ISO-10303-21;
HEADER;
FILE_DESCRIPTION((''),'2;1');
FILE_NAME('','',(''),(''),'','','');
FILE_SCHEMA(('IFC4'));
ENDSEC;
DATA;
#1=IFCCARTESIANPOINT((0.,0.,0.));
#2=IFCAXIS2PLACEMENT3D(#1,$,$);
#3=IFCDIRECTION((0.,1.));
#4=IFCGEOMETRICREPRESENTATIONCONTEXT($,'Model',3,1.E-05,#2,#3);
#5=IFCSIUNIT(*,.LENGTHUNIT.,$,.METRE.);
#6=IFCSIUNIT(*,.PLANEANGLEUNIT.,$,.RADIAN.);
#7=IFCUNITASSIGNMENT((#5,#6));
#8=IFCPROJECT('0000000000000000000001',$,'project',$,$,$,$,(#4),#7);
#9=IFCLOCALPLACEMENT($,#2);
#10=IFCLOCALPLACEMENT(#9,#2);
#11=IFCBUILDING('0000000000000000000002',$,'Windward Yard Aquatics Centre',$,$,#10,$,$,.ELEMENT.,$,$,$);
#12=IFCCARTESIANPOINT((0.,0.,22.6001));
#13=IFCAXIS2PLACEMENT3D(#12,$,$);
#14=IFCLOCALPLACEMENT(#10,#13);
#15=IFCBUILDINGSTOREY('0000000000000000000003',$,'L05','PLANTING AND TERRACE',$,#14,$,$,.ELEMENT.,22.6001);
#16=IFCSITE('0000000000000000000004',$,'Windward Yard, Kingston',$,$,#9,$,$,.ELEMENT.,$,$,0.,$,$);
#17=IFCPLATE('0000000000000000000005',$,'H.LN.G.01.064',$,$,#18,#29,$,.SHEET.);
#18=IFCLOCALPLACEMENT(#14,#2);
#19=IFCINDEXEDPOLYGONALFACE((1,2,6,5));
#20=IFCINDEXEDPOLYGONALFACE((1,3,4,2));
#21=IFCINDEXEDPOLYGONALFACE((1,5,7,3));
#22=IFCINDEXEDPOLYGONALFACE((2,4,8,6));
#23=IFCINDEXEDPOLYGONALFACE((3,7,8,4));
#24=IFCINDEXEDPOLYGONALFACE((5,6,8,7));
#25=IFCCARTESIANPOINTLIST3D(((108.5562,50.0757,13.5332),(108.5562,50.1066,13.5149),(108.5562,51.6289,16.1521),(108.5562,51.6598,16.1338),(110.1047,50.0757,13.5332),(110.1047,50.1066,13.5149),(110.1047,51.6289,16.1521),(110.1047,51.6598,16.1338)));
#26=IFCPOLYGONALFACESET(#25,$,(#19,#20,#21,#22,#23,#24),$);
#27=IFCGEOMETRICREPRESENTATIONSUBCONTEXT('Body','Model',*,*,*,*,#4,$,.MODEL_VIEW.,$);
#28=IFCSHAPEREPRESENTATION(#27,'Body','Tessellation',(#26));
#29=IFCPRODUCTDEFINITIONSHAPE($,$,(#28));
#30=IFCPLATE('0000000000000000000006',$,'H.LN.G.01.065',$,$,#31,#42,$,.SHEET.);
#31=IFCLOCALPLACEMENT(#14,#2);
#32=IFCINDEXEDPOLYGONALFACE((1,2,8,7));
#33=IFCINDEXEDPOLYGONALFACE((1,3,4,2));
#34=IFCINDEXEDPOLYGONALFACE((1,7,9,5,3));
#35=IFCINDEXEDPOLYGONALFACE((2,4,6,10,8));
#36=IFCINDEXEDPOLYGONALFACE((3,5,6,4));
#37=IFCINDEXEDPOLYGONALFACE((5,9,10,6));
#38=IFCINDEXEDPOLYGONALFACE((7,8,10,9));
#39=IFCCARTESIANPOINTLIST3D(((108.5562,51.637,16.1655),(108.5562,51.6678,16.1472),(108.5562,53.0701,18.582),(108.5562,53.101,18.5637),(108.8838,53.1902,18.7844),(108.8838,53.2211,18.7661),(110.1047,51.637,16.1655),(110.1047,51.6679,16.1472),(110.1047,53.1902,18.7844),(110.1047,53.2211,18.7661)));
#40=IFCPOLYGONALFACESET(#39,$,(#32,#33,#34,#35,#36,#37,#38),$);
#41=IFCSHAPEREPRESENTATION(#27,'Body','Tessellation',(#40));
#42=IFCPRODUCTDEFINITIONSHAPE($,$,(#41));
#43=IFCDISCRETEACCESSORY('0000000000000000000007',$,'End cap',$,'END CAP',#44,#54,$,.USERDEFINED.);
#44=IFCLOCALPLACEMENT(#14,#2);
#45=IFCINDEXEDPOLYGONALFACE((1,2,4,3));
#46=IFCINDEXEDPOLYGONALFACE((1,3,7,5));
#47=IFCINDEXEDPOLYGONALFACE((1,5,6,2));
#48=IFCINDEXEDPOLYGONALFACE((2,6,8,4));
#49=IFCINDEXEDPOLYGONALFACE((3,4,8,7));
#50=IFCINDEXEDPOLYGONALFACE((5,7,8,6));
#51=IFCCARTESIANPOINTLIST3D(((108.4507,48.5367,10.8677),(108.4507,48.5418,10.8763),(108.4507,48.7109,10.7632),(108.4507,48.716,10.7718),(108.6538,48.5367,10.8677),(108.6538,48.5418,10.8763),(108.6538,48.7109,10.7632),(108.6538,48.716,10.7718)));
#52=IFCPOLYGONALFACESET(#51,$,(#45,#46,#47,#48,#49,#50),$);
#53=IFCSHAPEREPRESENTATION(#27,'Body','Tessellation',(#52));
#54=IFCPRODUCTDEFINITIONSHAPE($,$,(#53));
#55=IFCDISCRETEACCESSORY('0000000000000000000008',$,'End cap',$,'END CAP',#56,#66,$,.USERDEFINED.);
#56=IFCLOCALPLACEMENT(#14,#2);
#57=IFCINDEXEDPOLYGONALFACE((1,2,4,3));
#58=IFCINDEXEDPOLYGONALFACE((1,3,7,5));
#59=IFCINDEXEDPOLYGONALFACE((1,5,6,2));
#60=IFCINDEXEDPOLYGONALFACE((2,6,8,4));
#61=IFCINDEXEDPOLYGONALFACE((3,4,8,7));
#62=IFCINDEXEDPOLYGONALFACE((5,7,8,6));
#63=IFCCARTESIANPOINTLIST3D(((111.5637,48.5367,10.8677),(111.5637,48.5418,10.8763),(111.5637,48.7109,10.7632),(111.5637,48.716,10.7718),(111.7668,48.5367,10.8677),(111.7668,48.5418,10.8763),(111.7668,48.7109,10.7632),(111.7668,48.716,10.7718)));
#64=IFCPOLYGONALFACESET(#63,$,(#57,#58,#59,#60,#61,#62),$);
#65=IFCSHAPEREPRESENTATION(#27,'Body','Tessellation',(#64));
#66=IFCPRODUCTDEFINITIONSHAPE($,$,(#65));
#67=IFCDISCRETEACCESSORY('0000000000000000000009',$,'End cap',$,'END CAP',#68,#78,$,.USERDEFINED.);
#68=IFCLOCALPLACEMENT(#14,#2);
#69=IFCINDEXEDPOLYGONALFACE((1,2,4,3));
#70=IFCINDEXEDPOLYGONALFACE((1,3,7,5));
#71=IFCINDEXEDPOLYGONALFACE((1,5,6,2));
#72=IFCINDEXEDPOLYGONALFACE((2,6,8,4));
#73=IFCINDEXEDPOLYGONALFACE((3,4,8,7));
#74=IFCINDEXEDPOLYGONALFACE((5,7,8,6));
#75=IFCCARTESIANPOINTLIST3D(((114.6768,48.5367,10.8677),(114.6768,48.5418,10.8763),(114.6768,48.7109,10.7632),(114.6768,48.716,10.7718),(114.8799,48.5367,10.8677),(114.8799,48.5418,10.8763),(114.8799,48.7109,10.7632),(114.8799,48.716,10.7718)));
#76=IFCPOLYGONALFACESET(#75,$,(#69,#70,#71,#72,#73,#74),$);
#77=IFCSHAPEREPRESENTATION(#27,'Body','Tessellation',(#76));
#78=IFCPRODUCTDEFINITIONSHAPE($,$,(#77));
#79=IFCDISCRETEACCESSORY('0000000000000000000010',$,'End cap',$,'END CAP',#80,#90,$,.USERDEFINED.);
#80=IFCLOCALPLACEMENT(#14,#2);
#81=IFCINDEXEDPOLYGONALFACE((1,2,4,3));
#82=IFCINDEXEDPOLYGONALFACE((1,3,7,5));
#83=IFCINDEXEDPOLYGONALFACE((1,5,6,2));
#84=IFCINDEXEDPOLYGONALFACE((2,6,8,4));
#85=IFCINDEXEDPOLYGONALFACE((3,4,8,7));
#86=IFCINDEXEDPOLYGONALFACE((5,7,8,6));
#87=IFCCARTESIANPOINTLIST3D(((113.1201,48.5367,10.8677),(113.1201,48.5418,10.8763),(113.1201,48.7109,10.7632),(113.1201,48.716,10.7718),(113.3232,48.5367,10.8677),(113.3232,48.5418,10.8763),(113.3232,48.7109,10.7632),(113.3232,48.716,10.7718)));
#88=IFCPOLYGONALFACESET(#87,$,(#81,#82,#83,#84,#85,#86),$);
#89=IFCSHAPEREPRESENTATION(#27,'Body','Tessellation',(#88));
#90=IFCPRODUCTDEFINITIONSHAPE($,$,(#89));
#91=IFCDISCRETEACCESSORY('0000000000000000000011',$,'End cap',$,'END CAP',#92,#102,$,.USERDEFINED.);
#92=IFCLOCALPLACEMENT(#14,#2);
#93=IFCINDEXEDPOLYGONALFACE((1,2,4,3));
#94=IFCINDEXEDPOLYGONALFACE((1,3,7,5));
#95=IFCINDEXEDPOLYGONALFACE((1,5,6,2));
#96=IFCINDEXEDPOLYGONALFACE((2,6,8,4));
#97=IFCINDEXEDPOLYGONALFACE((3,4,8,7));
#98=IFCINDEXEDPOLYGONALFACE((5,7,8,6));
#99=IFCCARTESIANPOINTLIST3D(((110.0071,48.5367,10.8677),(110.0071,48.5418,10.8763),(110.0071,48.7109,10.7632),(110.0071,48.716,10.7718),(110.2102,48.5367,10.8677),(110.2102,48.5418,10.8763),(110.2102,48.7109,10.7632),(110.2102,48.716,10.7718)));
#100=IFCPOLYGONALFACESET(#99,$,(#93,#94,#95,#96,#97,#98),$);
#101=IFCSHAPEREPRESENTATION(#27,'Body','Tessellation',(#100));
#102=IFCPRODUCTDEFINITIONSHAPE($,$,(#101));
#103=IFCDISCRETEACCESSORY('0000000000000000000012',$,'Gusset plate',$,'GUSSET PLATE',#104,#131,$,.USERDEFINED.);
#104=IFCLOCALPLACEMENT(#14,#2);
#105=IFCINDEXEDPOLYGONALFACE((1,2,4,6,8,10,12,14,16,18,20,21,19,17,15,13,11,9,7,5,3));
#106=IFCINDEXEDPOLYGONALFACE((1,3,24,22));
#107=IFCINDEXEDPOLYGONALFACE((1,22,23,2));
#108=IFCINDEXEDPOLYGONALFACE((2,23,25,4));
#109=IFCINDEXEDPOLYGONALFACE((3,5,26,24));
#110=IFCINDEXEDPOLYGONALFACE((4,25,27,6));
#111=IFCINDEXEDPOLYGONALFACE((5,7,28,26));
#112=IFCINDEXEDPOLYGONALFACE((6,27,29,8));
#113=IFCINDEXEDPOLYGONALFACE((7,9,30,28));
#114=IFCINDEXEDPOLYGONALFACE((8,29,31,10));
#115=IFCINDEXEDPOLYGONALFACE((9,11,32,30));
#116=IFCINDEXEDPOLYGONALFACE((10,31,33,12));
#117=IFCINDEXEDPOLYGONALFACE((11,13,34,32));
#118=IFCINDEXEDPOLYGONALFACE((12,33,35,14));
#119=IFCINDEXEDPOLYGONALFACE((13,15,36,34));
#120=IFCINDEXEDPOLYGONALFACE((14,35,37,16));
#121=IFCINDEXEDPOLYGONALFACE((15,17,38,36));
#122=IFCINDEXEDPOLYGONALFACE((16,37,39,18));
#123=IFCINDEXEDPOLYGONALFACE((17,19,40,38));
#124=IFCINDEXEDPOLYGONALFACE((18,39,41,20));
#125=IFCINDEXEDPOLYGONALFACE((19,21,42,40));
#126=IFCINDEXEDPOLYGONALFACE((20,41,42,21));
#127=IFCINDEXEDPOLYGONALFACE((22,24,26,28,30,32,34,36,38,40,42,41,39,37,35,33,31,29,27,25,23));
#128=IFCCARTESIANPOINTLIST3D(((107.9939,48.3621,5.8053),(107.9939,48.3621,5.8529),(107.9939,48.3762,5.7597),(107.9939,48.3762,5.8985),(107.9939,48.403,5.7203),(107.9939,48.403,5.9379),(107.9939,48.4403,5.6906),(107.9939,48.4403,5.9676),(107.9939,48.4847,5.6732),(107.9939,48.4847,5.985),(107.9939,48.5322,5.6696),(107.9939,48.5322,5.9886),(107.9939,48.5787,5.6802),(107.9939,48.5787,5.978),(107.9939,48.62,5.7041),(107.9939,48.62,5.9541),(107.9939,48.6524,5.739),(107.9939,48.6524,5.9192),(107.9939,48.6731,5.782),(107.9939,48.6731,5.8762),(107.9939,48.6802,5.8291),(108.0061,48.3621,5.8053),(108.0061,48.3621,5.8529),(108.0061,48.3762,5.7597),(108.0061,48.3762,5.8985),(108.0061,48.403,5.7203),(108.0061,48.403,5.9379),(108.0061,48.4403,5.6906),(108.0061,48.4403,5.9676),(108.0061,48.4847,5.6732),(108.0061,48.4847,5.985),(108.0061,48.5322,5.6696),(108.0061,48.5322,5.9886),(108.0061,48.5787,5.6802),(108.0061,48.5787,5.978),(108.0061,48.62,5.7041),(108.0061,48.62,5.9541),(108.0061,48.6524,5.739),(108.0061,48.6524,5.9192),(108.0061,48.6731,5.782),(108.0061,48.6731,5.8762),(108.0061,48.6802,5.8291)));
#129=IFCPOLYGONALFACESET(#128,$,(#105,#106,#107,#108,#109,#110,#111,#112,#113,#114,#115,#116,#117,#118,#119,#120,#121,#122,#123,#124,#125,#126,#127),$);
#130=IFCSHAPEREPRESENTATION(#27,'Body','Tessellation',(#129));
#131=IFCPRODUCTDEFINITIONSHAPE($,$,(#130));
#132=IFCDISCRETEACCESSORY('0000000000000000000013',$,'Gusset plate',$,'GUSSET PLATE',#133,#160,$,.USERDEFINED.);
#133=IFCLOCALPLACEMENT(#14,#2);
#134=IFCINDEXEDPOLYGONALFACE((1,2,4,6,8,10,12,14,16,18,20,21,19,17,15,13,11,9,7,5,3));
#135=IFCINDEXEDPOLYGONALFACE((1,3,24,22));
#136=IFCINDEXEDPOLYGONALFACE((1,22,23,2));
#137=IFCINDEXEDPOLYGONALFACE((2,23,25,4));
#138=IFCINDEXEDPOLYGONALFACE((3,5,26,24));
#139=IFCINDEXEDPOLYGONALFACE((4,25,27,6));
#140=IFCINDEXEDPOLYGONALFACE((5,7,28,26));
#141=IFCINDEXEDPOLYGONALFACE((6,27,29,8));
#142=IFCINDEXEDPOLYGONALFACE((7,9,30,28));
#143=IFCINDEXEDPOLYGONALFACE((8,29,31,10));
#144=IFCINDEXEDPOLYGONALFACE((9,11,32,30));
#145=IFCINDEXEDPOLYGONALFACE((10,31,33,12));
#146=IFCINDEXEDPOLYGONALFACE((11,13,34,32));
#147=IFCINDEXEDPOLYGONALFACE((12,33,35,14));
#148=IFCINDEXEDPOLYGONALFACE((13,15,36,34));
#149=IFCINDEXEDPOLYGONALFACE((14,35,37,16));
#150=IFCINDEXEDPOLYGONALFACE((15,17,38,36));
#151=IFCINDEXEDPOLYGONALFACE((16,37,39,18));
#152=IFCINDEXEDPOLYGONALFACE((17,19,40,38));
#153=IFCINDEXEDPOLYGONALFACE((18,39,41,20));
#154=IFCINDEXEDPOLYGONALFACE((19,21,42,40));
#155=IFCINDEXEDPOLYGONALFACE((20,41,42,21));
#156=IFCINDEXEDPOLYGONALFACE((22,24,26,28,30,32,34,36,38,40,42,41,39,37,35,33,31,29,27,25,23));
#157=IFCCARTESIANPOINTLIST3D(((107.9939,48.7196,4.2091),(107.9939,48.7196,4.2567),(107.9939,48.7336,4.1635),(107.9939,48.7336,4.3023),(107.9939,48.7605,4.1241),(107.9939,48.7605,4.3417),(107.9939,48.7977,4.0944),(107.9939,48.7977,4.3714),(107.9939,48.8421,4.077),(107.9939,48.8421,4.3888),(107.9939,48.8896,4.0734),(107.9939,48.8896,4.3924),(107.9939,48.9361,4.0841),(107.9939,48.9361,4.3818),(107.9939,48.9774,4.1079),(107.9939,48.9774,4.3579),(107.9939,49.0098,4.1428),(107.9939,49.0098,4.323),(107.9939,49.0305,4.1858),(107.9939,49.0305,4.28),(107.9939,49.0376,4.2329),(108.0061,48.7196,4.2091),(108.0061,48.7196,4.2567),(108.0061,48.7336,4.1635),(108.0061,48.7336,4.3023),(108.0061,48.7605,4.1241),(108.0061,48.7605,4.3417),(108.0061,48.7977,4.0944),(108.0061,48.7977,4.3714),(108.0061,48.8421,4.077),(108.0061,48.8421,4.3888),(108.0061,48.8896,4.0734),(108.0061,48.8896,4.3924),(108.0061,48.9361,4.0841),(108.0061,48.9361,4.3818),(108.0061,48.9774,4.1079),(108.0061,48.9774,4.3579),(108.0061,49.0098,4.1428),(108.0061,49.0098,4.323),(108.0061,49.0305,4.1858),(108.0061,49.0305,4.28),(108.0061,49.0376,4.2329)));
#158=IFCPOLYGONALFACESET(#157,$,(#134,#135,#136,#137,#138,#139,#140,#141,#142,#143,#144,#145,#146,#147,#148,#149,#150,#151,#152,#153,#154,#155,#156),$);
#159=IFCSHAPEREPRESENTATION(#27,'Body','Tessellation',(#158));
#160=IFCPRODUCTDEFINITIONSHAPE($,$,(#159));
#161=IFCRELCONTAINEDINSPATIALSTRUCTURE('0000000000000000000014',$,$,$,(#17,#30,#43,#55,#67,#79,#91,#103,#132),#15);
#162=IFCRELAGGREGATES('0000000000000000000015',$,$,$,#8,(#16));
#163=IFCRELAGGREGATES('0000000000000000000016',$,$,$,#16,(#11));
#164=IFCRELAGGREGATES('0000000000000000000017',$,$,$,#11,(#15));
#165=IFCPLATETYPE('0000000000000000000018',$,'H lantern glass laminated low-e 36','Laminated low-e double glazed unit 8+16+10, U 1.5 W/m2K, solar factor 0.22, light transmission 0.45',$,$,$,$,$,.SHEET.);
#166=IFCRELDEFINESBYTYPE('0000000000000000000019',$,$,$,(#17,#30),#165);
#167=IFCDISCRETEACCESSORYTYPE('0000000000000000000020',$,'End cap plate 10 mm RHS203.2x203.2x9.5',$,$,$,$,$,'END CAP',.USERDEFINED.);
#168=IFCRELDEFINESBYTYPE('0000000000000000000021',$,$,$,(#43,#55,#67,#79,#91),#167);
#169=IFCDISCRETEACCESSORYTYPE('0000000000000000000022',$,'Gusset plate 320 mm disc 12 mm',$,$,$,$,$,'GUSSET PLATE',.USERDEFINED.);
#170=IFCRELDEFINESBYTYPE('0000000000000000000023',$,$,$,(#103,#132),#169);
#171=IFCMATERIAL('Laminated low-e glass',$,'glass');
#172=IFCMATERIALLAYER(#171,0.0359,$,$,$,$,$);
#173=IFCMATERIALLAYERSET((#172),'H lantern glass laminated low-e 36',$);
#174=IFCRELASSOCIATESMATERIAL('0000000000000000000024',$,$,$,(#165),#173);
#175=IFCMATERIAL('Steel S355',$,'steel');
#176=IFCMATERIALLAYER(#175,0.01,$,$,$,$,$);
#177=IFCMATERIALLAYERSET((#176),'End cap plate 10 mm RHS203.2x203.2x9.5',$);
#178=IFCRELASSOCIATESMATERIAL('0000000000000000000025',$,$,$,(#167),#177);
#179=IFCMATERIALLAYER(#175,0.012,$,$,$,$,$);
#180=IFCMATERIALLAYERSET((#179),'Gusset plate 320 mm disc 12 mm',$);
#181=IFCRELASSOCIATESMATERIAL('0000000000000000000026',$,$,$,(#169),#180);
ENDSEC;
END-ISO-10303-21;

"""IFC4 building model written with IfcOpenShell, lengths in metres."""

from ifc_helpers import new_model, si_unit, direction, frame, origin, origin_2d, place, context, subcontext, project, spatial, polyline, rectangle, circle, outline, extrude, material, layer, layer_set, type_object, element, save


model = new_model("IFC4")

# Units and contexts
model_context = context("Model", 3, precision=1e-05, world=origin(), true_north=direction((0.0, 1.0)))
body_context = subcontext(model_context, "Body", "Model", "MODEL_VIEW")
ifc_project = project(units=[si_unit("LENGTHUNIT", "METRE"), si_unit("PLANEANGLEUNIT", "RADIAN")], contexts=[model_context])

# Site, building, storey
site_placement = place(None, origin())
site = spatial("IfcSite", under=ifc_project, at=site_placement, Name="Windward Yard, Kingston", CompositionType="ELEMENT", RefElevation=0.0)
building_placement = place(site_placement, origin())
building = spatial("IfcBuilding", under=site, at=building_placement, Name="Windward Yard Aquatics Centre", CompositionType="ELEMENT")
storey_placement = place(building_placement, frame((0.0, 0.0, 22.6001)))
storey = spatial("IfcBuildingStorey", under=building, at=storey_placement, Name="L05", Description="PLANTING AND TERRACE", CompositionType="ELEMENT", Elevation=22.6001)

# Plates
ifc_material_1 = material(Name="Laminated low-e glass", Category="glass")
ifc_layer_1 = layer(ifc_material_1, 0.0359)
ifc_layer_set_1 = layer_set([ifc_layer_1], Name="H lantern glass laminated low-e 36")
plate_type = type_object("IfcPlateType", Name="H lantern glass laminated low-e 36", Description="Laminated low-e double glazed unit 8+16+10, U 1.5 W/m2K, solar factor 0.22, light transmission 0.45", PredefinedType="SHEET", material=ifc_layer_set_1)
plate_1_placement = place(storey_placement, frame((108.5562, 50.0757, 13.5332), z_axis=(0.0, -0.860107, 0.510114), x_axis=(0.0, 0.510114, 0.860107)))
element("IfcPlate", 1, at=plate_1_placement, inside=storey, type_object=plate_type, Name="H.LN.G.01.064", PredefinedType="SHEET", context=body_context, shape_type="SweptSolid", body=[
    extrude(outline(polyline([(0.0, 0.0), (3.0449, 0.0), (3.0449, -1.5486), (0.0, -1.5486), (0.0, 0.0)])), origin(), (0.0, 0.0, -1.0), 0.0359),
])
plate_2_placement = place(storey_placement, frame((108.5562, 51.637, 16.1655), z_axis=(0.000023, -0.860108, 0.510112), x_axis=(0.0, 0.510112, 0.860108)))
element("IfcPlate", 2, at=plate_2_placement, inside=storey, type_object=plate_type, Name="H.LN.G.01.065", PredefinedType="SHEET", context=body_context, shape_type="SweptSolid", body=[
    extrude(outline(polyline([(0.0, 0.0), (2.8095, 0.0), (3.0449, -0.3276), (3.0449, -1.5486), (0.0, -1.5486), (0.0, 0.0)])), origin(), (0.0, 0.0, -1.0), 0.0359),
])

# Discrete accessories
ifc_material_2 = material(Name="Steel S355", Category="steel")
ifc_layer_2 = layer(ifc_material_2, 0.01)
ifc_layer_set_2 = layer_set([ifc_layer_2], Name="End cap plate 10 mm RHS203.2x203.2x9.5")
discrete_accessory_type_1 = type_object("IfcDiscreteAccessoryType", Name="End cap plate 10 mm RHS203.2x203.2x9.5", ElementType="END CAP", PredefinedType="USERDEFINED", material=ifc_layer_set_2)
for number, where, z_axis, x_axis, name in (
    (3, (108.5522, 48.6238, 10.8154), (0.0, 0.514496, 0.857493), (-1.0, 0.0, 0.0), "End cap"),
    (4, (111.6653, 48.6238, 10.8154), (0.0, 0.514496, 0.857493), (-1.0, 0.0, 0.0), "End cap"),
    (5, (114.7783, 48.6238, 10.8154), (0.0, 0.514496, 0.857493), (-1.0, 0.0, 0.0), "End cap"),
    (6, (113.2217, 48.6238, 10.8154), (0.0, 0.514496, 0.857493), (-1.0, 0.0, 0.0), "End cap"),
    (7, (110.1086, 48.6238, 10.8154), (0.0, 0.514496, 0.857493), (-1.0, 0.0, 0.0), "End cap"),
):
    element("IfcDiscreteAccessory", number, at=place(storey_placement, frame(where, z_axis=z_axis, x_axis=x_axis)), inside=storey, type_object=discrete_accessory_type_1, Name=name, ObjectType="END CAP", PredefinedType="USERDEFINED", context=body_context, shape_type="SweptSolid", body=[
        extrude(rectangle(XDim=0.2031, YDim=0.2031, at=origin_2d()), origin(), (0.0, 0.0, 1.0), 0.01),
    ])
ifc_layer_3 = layer(ifc_material_2, 0.012)
ifc_layer_set_3 = layer_set([ifc_layer_3], Name="Gusset plate 320 mm disc 12 mm")
discrete_accessory_type_2 = type_object("IfcDiscreteAccessoryType", Name="Gusset plate 320 mm disc 12 mm", ElementType="GUSSET PLATE", PredefinedType="USERDEFINED", material=ifc_layer_set_3)
for number, where, z_axis, x_axis, name in (
    (8, (107.9939, 48.5203, 5.8291), (1.0, 0.0, 0.0), (0.0, 1.0, 0.0), "Gusset plate"),
    (9, (107.9939, 48.8777, 4.2329), (1.0, 0.0, 0.0), (0.0, 1.0, 0.0), "Gusset plate"),
):
    element("IfcDiscreteAccessory", number, at=place(storey_placement, frame(where, z_axis=z_axis, x_axis=x_axis)), inside=storey, type_object=discrete_accessory_type_2, Name=name, ObjectType="GUSSET PLATE", PredefinedType="USERDEFINED", context=body_context, shape_type="SweptSolid", body=[
        extrude(circle(Radius=0.1599, at=origin_2d()), origin(), (0.0, 0.0, 1.0), 0.0122),
    ])

save(model, "model.ifc")
